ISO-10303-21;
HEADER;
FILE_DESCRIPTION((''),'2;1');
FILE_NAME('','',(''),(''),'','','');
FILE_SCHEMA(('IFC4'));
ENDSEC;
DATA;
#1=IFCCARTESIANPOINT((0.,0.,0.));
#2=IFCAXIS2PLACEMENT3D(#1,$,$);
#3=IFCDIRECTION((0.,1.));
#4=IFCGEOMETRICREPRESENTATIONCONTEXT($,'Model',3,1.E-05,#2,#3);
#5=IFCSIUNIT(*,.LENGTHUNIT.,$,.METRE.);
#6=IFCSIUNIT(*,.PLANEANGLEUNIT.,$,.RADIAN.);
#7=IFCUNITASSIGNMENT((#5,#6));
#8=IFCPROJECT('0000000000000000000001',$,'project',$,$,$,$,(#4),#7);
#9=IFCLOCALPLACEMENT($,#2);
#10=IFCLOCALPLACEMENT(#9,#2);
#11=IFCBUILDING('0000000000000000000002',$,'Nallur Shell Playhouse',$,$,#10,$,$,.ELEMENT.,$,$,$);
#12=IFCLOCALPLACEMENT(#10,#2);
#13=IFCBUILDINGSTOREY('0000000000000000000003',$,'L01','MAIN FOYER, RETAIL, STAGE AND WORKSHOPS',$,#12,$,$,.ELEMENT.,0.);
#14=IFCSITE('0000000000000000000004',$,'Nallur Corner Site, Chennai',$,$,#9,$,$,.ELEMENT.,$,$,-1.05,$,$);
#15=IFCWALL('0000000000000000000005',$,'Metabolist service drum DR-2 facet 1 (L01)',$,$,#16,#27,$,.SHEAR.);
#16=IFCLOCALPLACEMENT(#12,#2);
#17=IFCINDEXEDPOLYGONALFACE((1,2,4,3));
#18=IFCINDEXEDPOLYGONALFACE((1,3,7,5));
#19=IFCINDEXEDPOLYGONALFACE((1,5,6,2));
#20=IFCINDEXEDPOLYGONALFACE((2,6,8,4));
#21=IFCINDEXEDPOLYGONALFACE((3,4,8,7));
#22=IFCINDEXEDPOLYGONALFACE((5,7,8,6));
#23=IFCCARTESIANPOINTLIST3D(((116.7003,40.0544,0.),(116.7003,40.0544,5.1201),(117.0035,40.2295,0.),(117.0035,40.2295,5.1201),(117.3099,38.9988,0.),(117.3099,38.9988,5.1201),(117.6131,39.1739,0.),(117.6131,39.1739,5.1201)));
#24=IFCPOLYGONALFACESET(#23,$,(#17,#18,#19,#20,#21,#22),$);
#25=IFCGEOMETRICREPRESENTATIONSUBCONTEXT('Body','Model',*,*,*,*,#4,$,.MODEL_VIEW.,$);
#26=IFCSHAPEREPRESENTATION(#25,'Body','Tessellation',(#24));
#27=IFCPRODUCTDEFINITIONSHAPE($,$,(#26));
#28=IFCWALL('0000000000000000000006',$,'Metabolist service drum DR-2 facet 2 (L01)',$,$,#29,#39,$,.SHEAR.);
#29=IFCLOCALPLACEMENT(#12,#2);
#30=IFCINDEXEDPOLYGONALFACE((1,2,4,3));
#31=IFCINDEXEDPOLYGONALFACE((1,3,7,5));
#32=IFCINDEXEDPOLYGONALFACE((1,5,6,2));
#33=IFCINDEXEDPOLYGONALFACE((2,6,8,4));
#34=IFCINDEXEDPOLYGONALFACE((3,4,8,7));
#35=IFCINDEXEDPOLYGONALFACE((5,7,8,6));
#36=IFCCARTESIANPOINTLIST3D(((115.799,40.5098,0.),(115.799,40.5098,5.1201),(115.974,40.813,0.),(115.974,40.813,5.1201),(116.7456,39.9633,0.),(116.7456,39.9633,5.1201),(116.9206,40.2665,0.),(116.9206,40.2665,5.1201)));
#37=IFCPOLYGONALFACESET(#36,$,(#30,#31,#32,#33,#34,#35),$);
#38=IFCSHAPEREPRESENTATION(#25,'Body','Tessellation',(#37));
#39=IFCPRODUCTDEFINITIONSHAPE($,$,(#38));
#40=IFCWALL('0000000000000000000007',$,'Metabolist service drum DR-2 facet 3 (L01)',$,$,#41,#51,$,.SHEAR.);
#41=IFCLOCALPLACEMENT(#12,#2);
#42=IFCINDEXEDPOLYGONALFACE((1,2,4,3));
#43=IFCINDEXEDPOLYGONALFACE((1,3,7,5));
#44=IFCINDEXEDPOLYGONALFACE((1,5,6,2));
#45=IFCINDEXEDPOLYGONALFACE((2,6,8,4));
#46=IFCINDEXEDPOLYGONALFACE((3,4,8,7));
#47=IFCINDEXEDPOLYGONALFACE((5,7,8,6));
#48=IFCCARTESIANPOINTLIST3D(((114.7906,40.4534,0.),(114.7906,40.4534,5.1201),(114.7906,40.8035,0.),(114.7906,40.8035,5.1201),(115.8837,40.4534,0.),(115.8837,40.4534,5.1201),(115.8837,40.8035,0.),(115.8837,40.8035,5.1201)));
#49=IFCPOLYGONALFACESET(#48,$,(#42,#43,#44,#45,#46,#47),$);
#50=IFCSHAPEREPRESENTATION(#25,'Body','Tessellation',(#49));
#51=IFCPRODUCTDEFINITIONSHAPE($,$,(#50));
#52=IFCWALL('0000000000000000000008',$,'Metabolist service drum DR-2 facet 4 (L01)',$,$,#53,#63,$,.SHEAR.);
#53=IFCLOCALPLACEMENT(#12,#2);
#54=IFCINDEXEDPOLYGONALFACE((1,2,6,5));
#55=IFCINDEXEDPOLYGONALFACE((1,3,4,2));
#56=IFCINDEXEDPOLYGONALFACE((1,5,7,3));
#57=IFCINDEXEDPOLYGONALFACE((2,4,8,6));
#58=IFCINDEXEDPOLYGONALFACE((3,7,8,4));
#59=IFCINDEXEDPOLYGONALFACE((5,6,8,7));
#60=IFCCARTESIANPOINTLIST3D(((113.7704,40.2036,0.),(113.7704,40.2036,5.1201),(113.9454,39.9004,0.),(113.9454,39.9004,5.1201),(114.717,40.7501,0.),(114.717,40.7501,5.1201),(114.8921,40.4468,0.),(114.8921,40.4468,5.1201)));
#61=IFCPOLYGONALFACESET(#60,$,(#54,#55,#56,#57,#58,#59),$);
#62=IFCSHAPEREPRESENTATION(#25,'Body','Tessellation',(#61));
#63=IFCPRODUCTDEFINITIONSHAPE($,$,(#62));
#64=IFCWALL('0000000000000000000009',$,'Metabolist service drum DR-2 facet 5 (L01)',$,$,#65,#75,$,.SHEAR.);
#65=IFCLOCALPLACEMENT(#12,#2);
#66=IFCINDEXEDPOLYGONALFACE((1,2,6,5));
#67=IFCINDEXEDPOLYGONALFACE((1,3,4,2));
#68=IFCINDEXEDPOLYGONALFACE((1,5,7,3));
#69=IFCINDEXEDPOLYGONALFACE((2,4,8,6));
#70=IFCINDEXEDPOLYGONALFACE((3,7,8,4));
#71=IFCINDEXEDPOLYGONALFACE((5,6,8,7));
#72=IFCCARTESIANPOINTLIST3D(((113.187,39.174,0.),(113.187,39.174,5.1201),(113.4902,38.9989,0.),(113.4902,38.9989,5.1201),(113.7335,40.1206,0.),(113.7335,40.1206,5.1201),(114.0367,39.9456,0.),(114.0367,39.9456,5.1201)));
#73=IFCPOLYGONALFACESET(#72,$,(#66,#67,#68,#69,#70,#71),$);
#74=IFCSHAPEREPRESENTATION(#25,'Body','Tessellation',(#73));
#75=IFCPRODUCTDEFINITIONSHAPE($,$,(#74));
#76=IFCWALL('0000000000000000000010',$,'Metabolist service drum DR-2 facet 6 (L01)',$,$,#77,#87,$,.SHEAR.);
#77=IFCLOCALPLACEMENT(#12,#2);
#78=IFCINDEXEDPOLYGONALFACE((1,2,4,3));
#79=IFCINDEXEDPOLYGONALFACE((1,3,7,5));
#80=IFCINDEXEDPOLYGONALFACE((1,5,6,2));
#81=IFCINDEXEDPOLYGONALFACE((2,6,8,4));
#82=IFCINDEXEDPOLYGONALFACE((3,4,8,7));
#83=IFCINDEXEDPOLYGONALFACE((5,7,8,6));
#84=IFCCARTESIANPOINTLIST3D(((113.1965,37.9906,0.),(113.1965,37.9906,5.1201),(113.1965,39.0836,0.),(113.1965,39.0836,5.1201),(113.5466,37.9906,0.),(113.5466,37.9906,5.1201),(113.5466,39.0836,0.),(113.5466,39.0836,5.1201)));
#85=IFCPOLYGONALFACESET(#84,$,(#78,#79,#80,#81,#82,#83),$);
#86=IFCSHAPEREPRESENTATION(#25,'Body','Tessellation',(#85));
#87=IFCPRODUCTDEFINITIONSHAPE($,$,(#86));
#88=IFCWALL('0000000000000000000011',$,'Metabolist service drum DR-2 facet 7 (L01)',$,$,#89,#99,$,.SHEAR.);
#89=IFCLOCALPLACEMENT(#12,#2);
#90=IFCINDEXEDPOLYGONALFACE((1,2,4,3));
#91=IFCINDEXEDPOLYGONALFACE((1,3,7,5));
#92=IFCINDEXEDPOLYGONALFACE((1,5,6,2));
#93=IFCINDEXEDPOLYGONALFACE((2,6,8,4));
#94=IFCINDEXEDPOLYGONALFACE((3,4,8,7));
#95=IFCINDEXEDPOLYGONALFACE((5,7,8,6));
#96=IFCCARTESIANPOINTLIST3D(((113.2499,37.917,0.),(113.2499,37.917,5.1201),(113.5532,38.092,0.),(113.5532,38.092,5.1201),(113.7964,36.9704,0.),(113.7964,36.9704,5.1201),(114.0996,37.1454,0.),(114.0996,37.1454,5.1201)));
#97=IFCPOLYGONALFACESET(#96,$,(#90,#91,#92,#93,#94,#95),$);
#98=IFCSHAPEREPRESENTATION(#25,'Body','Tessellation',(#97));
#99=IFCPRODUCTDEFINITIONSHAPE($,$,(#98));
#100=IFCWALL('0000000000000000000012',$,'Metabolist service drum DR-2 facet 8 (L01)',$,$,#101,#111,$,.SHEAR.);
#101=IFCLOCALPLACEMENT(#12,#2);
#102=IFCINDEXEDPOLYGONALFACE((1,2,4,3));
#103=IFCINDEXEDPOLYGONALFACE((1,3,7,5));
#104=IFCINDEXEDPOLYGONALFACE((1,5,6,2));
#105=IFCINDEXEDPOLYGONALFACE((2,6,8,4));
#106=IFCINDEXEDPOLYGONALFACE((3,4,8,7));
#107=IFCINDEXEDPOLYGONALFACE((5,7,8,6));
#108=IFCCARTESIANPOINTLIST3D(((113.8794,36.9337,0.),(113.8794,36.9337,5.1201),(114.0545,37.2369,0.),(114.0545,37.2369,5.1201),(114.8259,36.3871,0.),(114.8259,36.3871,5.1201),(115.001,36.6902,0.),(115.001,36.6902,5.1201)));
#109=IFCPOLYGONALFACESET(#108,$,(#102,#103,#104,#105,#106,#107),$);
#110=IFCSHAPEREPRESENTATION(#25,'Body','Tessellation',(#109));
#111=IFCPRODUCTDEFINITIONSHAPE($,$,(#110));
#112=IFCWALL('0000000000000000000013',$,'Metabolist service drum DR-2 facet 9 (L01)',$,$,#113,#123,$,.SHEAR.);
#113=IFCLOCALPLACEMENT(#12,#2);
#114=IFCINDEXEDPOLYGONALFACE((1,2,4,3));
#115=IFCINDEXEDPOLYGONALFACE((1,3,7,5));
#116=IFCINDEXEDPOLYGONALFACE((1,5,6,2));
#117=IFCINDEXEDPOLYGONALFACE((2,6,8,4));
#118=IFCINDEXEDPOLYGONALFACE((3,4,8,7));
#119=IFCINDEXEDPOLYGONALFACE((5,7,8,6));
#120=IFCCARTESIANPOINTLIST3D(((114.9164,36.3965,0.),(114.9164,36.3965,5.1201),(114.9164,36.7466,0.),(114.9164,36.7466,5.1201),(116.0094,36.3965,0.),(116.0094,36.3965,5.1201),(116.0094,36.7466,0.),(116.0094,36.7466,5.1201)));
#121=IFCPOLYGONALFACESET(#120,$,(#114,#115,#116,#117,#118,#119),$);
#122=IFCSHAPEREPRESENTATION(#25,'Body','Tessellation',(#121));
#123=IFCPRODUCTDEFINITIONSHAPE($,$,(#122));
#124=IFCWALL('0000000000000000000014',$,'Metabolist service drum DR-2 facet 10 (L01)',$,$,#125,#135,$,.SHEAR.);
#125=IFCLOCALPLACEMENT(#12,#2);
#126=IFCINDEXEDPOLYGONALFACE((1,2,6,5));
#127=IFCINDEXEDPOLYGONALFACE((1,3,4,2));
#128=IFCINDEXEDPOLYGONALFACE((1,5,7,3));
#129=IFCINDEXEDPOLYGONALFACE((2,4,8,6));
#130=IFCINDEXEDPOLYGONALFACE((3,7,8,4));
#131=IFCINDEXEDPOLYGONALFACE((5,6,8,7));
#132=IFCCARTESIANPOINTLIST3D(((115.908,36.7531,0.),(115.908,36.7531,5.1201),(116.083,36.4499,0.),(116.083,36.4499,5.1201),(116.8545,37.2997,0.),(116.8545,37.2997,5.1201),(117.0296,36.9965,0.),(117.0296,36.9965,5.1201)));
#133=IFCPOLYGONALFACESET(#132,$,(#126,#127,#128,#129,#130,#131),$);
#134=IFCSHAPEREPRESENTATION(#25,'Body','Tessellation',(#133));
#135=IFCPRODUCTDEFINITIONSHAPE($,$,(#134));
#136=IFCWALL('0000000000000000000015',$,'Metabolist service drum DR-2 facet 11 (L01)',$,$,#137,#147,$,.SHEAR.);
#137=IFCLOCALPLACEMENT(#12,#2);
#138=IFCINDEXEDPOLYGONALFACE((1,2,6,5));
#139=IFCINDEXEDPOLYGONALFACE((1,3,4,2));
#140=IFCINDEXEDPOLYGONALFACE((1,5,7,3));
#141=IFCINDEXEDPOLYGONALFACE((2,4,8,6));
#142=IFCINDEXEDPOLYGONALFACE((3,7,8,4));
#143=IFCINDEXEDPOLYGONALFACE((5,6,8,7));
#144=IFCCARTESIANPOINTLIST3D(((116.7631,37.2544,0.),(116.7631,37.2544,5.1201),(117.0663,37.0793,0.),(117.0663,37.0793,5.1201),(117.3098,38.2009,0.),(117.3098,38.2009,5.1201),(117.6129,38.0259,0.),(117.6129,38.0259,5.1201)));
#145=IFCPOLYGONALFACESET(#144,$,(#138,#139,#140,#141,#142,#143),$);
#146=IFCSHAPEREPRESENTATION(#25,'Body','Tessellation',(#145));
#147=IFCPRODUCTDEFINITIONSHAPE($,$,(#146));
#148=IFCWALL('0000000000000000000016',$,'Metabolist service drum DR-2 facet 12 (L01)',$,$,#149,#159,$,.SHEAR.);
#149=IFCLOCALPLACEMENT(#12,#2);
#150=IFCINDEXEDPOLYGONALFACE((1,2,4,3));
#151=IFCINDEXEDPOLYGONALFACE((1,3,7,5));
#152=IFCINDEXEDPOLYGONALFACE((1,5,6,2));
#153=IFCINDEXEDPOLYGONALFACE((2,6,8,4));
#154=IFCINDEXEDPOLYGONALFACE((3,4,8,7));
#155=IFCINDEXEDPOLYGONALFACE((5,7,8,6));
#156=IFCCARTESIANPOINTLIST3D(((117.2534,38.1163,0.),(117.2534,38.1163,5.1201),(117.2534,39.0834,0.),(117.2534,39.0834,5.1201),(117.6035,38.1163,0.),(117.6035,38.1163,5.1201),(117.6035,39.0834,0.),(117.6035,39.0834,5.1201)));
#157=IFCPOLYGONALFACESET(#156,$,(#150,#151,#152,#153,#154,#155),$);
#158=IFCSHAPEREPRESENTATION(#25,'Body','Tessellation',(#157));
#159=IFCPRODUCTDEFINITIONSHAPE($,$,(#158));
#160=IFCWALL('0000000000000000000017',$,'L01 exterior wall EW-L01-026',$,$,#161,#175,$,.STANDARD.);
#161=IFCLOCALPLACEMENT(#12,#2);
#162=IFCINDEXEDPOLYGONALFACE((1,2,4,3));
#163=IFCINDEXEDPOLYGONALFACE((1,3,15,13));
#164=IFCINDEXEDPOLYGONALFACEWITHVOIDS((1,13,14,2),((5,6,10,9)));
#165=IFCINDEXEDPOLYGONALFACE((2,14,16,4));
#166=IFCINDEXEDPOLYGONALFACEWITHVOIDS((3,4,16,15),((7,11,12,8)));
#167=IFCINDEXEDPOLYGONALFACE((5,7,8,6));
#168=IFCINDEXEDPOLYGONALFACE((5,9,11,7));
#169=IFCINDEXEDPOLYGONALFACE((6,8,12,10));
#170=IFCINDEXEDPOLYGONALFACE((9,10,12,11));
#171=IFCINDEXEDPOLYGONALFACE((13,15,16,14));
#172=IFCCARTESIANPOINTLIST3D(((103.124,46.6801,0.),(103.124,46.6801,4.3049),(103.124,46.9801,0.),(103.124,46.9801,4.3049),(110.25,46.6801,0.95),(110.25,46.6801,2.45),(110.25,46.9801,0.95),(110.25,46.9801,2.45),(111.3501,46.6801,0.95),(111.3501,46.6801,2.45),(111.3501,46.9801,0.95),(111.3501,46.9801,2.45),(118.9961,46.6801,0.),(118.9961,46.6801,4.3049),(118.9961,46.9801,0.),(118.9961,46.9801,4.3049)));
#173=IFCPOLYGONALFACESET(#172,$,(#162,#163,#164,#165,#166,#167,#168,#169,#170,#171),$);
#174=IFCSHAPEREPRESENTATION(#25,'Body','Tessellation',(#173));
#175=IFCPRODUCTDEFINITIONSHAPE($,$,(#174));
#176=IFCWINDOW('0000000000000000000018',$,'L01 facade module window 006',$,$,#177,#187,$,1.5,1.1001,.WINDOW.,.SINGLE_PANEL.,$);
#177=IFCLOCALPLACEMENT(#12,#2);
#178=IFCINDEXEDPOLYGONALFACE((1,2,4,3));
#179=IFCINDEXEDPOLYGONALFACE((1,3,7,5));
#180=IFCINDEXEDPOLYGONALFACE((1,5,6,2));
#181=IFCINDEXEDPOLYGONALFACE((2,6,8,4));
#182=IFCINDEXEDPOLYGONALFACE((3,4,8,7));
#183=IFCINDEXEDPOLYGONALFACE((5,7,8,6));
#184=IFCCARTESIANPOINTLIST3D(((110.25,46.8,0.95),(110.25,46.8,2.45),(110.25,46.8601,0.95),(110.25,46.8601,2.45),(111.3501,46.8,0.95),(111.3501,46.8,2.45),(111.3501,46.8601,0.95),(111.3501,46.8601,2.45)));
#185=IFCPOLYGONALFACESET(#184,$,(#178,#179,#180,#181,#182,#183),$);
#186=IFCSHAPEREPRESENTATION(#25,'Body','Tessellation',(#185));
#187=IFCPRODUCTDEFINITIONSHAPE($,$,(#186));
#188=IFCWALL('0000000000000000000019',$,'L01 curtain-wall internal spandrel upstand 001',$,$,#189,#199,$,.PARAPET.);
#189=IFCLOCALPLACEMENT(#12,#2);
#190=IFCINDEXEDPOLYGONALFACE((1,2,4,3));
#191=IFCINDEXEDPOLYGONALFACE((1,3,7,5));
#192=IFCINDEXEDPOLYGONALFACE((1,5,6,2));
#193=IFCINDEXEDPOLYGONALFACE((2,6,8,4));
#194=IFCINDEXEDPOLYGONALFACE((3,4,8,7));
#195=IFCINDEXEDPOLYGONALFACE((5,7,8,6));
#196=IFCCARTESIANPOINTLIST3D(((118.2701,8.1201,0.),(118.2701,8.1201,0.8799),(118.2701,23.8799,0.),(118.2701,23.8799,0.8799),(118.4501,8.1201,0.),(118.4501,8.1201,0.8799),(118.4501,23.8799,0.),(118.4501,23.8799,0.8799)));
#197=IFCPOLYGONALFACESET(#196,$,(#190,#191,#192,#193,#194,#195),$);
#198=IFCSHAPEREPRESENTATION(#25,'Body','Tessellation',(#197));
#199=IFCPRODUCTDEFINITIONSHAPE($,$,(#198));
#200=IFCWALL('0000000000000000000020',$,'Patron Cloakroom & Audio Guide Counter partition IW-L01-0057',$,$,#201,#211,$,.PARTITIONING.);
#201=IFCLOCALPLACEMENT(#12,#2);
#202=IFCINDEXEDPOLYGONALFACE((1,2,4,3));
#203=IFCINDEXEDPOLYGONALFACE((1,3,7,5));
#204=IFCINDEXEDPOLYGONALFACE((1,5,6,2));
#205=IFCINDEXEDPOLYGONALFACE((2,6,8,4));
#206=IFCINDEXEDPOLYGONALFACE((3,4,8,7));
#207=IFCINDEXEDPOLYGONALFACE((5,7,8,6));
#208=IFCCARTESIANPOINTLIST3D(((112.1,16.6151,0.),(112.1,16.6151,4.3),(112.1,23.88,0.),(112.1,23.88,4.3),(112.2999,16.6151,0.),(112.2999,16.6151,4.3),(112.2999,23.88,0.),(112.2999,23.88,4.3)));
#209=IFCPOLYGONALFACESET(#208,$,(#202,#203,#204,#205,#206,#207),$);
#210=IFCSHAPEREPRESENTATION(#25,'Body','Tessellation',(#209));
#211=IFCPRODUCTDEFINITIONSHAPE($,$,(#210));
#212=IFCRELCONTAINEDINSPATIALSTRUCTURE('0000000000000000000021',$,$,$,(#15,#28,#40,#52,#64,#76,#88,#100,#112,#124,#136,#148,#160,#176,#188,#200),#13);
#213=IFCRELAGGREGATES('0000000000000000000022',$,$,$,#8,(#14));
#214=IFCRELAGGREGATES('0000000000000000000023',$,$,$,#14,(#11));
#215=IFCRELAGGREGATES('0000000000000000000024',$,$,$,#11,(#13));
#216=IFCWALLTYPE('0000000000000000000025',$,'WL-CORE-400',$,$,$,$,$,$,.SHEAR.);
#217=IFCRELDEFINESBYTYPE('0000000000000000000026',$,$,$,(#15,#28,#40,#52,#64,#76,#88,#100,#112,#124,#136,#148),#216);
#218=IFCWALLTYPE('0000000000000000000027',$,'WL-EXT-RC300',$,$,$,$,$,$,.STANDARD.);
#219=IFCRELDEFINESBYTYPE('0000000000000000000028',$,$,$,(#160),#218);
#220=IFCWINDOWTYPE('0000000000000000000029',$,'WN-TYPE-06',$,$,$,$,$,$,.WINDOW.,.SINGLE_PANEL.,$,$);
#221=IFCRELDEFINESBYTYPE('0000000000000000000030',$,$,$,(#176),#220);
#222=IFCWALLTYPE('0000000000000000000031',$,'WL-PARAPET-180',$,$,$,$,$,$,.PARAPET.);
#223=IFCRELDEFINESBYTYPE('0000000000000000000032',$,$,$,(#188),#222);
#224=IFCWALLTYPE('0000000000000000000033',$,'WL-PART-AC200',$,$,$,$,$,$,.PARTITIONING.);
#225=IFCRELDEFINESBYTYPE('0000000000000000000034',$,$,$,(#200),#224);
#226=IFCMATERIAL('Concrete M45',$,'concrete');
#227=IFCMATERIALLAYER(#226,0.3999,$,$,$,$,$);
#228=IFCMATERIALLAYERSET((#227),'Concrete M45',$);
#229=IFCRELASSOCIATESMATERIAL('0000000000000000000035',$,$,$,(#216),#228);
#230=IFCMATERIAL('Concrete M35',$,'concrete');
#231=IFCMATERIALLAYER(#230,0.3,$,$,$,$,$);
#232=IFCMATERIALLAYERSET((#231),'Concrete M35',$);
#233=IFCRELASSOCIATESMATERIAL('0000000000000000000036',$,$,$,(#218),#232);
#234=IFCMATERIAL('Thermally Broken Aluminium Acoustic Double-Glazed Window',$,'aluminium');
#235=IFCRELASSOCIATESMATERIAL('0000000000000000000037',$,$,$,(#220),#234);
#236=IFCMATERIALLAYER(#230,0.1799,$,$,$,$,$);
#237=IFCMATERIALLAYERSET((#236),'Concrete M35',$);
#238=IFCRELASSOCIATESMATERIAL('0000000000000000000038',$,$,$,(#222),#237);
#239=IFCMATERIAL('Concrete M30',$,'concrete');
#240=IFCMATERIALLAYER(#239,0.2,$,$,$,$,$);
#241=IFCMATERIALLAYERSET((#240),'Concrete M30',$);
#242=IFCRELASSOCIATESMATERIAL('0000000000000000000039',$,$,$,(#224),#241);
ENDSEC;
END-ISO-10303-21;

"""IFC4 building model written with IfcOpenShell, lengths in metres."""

from ifc_helpers import new_model, si_unit, direction, frame, frame_2d, origin, place, context, subcontext, project, spatial, rectangle, extrude, material, layer, layer_set, type_object, element, fill, save


model = new_model("IFC4")

# Units and contexts
model_context = context("Model", 3, precision=1e-05, world=origin(), true_north=direction((0.0, 1.0)))
body_context = subcontext(model_context, "Body", "Model", "MODEL_VIEW")
ifc_project = project(units=[si_unit("LENGTHUNIT", "METRE"), si_unit("PLANEANGLEUNIT", "RADIAN")], contexts=[model_context])

# Site, building, storey
site_placement = place(None, origin())
site = spatial("IfcSite", under=ifc_project, at=site_placement, Name="Nallur Corner Site, Chennai", CompositionType="ELEMENT", RefElevation=-1.05)
building_placement = place(site_placement, origin())
building = spatial("IfcBuilding", under=site, at=building_placement, Name="Nallur Shell Playhouse", CompositionType="ELEMENT")
storey_placement = place(building_placement, origin())
storey = spatial("IfcBuildingStorey", under=building, at=storey_placement, Name="L01", Description="MAIN FOYER, RETAIL, STAGE AND WORKSHOPS", CompositionType="ELEMENT", Elevation=0.0)

# Shared definitions
ifc_material_1 = material(Name="Concrete M45", Category="concrete")

# Shared definitions
ifc_material_2 = material(Name="Concrete M30", Category="concrete")

# Walls
ifc_layer_1 = layer(ifc_material_1, 0.3999)
ifc_layer_set_1 = layer_set([ifc_layer_1], Name="Concrete M45")
wall_type_1 = type_object("IfcWallType", Name="WL-CORE-400", PredefinedType="SHEAR", material=ifc_layer_set_1)
wall_1_placement = place(storey_placement, frame((117.4614, 39.0864, 0.0), z_axis=(0.0, 0.0, 1.0), x_axis=(-0.500081, 0.865979, 0.0)))
element("IfcWall", 1, at=wall_1_placement, inside=storey, type_object=wall_type_1, Name="Metabolist service drum DR-2 facet 1 (L01)", PredefinedType="SHEAR", context=body_context, shape_type="SweptSolid", body=[
    extrude(rectangle(XDim=1.219, YDim=0.3501, at=frame_2d((0.6094, 0.0))), origin(), (0.0, 0.0, 1.0), 5.1201),
])
for number, where, z_axis, x_axis, name in (
    (2, (116.833, 40.115, 0.0), (0.0, 0.0, 1.0), (-0.866063, 0.499935, 0.0), "Metabolist service drum DR-2 facet 2 (L01)"),
    (3, (115.8835, 40.6284, 0.0), (0.0, 0.0, 1.0), (-1.0, 0.0, 0.0), "Metabolist service drum DR-2 facet 3 (L01)"),
    (4, (114.8044, 40.5984, 0.0), (0.0, 0.0, 1.0), (-0.866063, -0.499935, 0.0), "Metabolist service drum DR-2 facet 4 (L01)"),
    (5, (113.885, 40.033, 0.0), (0.0, 0.0, 1.0), (-0.499935, -0.866063, 0.0), "Metabolist service drum DR-2 facet 5 (L01)"),
    (6, (113.3716, 39.0835, 0.0), (0.0, 0.0, 1.0), (0.0, -1.0, 0.0), "Metabolist service drum DR-2 facet 6 (L01)"),
    (7, (113.4016, 38.0044, 0.0), (0.0, 0.0, 1.0), (0.499935, -0.866063, 0.0), "Metabolist service drum DR-2 facet 7 (L01)"),
    (8, (113.967, 37.0852, 0.0), (0.0, 0.0, 1.0), (0.865966, -0.500103, 0.0), "Metabolist service drum DR-2 facet 8 (L01)"),
    (9, (114.9165, 36.5715, 0.0), (0.0, 0.0, 1.0), (1.0, 0.0, 0.0), "Metabolist service drum DR-2 facet 9 (L01)"),
    (10, (115.9956, 36.6016, 0.0), (0.0, 0.0, 1.0), (0.865966, 0.500103, 0.0), "Metabolist service drum DR-2 facet 10 (L01)"),
    (11, (116.9148, 37.167, 0.0), (0.0, 0.0, 1.0), (0.500103, 0.865966, 0.0), "Metabolist service drum DR-2 facet 11 (L01)"),
):
    element("IfcWall", number, at=place(storey_placement, frame(where, z_axis=z_axis, x_axis=x_axis)), inside=storey, type_object=wall_type_1, Name=name, PredefinedType="SHEAR", context=body_context, shape_type="SweptSolid", body=[
        extrude(rectangle(XDim=1.093, YDim=0.3501, at=frame_2d((0.5464, 0.0))), origin(), (0.0, 0.0, 1.0), 5.1201),
    ])
wall_2_placement = place(storey_placement, frame((117.4285, 38.1165, 0.0), z_axis=(0.0, 0.0, 1.0), x_axis=(0.0, 1.0, 0.0)))
element("IfcWall", 12, at=wall_2_placement, inside=storey, type_object=wall_type_1, Name="Metabolist service drum DR-2 facet 12 (L01)", PredefinedType="SHEAR", context=body_context, shape_type="SweptSolid", body=[
    extrude(rectangle(XDim=0.967, YDim=0.3501, at=frame_2d((0.4834, 0.0))), origin(), (0.0, 0.0, 1.0), 5.1201),
])

# Wall, opening, window
ifc_material_3 = material(Name="Concrete M35", Category="concrete")
ifc_layer_2 = layer(ifc_material_3, 0.3)
ifc_layer_set_2 = layer_set([ifc_layer_2], Name="Concrete M35")
wall_type_2 = type_object("IfcWallType", Name="WL-EXT-RC300", PredefinedType="STANDARD", material=ifc_layer_set_2)
wall_3_placement = place(storey_placement, frame((103.124, 46.8301, 0.0), z_axis=(0.0, 0.0, 1.0), x_axis=(1.0, 0.0, 0.0)))
wall_3 = element("IfcWall", 13, at=wall_3_placement, inside=storey, type_object=wall_type_2, Name="L01 exterior wall EW-L01-026", PredefinedType="STANDARD", context=body_context, shape_type="SweptSolid", body=[
    extrude(rectangle(XDim=15.8721, YDim=0.3, at=frame_2d((7.936, 0.0))), origin(), (0.0, 0.0, 1.0), 4.3049),
])
opening_placement = place(wall_3_placement, frame((7.126, 0.0, 0.95)))
opening = element("IfcOpeningElement", 14, at=opening_placement, cuts=wall_3, PredefinedType="OPENING", context=body_context, shape_type="SweptSolid", body=[
    extrude(rectangle(XDim=1.1001, YDim=1.5, at=frame_2d((0.55, 0.75))), frame((0.0, 0.1602, 0.0), z_axis=(0.0, -1.0, 0.0), x_axis=(1.0, 0.0, 0.0)), (0.0, 0.0, 1.0), 0.3201),
])
ifc_material_4 = material(Name="Thermally Broken Aluminium Acoustic Double-Glazed Window", Category="aluminium")
window_type = type_object("IfcWindowType", Name="WN-TYPE-06", PartitioningType="SINGLE_PANEL", PredefinedType="WINDOW", material=ifc_material_4)
window_placement = place(opening_placement, origin())
window = element("IfcWindow", 15, at=window_placement, inside=storey, type_object=window_type, Name="L01 facade module window 006", OverallHeight=1.5, OverallWidth=1.1001, PartitioningType="SINGLE_PANEL", PredefinedType="WINDOW", context=body_context, shape_type="SweptSolid", body=[
    extrude(rectangle(XDim=1.1001, YDim=1.5, at=frame_2d((0.55, 0.75))), frame((0.0, 0.03, 0.0), z_axis=(0.0, -1.0, 0.0), x_axis=(1.0, 0.0, 0.0)), (0.0, 0.0, 1.0), 0.0601),
])
fill(opening, window)

# Walls
ifc_layer_3 = layer(ifc_material_3, 0.1799)
ifc_layer_set_3 = layer_set([ifc_layer_3], Name="Concrete M35")
wall_type_3 = type_object("IfcWallType", Name="WL-PARAPET-180", PredefinedType="PARAPET", material=ifc_layer_set_3)
wall_4_placement = place(storey_placement, frame((118.3601, 23.8799, 0.0), z_axis=(0.0, 0.0, 1.0), x_axis=(0.0, -1.0, 0.0)))
element("IfcWall", 16, at=wall_4_placement, inside=storey, type_object=wall_type_3, Name="L01 curtain-wall internal spandrel upstand 001", PredefinedType="PARAPET", context=body_context, shape_type="SweptSolid", body=[
    extrude(rectangle(XDim=15.7598, YDim=0.1799, at=frame_2d((7.8799, 0.0))), origin(), (0.0, 0.0, 1.0), 0.8799),
])
ifc_layer_4 = layer(ifc_material_2, 0.2)
ifc_layer_set_4 = layer_set([ifc_layer_4], Name="Concrete M30")
wall_type_4 = type_object("IfcWallType", Name="WL-PART-AC200", PredefinedType="PARTITIONING", material=ifc_layer_set_4)
wall_5_placement = place(storey_placement, frame((112.2, 23.8799, 0.0), z_axis=(0.0, 0.0, 1.0), x_axis=(0.0, -1.0, 0.0)))
element("IfcWall", 17, at=wall_5_placement, inside=storey, type_object=wall_type_4, Name="Patron Cloakroom & Audio Guide Counter partition IW-L01-0057", PredefinedType="PARTITIONING", context=body_context, shape_type="SweptSolid", body=[
    extrude(rectangle(XDim=7.2649, YDim=0.2, at=frame_2d((3.6323, 0.0))), origin(), (0.0, 0.0, 1.0), 4.3),
])

save(model, "model.ifc")
